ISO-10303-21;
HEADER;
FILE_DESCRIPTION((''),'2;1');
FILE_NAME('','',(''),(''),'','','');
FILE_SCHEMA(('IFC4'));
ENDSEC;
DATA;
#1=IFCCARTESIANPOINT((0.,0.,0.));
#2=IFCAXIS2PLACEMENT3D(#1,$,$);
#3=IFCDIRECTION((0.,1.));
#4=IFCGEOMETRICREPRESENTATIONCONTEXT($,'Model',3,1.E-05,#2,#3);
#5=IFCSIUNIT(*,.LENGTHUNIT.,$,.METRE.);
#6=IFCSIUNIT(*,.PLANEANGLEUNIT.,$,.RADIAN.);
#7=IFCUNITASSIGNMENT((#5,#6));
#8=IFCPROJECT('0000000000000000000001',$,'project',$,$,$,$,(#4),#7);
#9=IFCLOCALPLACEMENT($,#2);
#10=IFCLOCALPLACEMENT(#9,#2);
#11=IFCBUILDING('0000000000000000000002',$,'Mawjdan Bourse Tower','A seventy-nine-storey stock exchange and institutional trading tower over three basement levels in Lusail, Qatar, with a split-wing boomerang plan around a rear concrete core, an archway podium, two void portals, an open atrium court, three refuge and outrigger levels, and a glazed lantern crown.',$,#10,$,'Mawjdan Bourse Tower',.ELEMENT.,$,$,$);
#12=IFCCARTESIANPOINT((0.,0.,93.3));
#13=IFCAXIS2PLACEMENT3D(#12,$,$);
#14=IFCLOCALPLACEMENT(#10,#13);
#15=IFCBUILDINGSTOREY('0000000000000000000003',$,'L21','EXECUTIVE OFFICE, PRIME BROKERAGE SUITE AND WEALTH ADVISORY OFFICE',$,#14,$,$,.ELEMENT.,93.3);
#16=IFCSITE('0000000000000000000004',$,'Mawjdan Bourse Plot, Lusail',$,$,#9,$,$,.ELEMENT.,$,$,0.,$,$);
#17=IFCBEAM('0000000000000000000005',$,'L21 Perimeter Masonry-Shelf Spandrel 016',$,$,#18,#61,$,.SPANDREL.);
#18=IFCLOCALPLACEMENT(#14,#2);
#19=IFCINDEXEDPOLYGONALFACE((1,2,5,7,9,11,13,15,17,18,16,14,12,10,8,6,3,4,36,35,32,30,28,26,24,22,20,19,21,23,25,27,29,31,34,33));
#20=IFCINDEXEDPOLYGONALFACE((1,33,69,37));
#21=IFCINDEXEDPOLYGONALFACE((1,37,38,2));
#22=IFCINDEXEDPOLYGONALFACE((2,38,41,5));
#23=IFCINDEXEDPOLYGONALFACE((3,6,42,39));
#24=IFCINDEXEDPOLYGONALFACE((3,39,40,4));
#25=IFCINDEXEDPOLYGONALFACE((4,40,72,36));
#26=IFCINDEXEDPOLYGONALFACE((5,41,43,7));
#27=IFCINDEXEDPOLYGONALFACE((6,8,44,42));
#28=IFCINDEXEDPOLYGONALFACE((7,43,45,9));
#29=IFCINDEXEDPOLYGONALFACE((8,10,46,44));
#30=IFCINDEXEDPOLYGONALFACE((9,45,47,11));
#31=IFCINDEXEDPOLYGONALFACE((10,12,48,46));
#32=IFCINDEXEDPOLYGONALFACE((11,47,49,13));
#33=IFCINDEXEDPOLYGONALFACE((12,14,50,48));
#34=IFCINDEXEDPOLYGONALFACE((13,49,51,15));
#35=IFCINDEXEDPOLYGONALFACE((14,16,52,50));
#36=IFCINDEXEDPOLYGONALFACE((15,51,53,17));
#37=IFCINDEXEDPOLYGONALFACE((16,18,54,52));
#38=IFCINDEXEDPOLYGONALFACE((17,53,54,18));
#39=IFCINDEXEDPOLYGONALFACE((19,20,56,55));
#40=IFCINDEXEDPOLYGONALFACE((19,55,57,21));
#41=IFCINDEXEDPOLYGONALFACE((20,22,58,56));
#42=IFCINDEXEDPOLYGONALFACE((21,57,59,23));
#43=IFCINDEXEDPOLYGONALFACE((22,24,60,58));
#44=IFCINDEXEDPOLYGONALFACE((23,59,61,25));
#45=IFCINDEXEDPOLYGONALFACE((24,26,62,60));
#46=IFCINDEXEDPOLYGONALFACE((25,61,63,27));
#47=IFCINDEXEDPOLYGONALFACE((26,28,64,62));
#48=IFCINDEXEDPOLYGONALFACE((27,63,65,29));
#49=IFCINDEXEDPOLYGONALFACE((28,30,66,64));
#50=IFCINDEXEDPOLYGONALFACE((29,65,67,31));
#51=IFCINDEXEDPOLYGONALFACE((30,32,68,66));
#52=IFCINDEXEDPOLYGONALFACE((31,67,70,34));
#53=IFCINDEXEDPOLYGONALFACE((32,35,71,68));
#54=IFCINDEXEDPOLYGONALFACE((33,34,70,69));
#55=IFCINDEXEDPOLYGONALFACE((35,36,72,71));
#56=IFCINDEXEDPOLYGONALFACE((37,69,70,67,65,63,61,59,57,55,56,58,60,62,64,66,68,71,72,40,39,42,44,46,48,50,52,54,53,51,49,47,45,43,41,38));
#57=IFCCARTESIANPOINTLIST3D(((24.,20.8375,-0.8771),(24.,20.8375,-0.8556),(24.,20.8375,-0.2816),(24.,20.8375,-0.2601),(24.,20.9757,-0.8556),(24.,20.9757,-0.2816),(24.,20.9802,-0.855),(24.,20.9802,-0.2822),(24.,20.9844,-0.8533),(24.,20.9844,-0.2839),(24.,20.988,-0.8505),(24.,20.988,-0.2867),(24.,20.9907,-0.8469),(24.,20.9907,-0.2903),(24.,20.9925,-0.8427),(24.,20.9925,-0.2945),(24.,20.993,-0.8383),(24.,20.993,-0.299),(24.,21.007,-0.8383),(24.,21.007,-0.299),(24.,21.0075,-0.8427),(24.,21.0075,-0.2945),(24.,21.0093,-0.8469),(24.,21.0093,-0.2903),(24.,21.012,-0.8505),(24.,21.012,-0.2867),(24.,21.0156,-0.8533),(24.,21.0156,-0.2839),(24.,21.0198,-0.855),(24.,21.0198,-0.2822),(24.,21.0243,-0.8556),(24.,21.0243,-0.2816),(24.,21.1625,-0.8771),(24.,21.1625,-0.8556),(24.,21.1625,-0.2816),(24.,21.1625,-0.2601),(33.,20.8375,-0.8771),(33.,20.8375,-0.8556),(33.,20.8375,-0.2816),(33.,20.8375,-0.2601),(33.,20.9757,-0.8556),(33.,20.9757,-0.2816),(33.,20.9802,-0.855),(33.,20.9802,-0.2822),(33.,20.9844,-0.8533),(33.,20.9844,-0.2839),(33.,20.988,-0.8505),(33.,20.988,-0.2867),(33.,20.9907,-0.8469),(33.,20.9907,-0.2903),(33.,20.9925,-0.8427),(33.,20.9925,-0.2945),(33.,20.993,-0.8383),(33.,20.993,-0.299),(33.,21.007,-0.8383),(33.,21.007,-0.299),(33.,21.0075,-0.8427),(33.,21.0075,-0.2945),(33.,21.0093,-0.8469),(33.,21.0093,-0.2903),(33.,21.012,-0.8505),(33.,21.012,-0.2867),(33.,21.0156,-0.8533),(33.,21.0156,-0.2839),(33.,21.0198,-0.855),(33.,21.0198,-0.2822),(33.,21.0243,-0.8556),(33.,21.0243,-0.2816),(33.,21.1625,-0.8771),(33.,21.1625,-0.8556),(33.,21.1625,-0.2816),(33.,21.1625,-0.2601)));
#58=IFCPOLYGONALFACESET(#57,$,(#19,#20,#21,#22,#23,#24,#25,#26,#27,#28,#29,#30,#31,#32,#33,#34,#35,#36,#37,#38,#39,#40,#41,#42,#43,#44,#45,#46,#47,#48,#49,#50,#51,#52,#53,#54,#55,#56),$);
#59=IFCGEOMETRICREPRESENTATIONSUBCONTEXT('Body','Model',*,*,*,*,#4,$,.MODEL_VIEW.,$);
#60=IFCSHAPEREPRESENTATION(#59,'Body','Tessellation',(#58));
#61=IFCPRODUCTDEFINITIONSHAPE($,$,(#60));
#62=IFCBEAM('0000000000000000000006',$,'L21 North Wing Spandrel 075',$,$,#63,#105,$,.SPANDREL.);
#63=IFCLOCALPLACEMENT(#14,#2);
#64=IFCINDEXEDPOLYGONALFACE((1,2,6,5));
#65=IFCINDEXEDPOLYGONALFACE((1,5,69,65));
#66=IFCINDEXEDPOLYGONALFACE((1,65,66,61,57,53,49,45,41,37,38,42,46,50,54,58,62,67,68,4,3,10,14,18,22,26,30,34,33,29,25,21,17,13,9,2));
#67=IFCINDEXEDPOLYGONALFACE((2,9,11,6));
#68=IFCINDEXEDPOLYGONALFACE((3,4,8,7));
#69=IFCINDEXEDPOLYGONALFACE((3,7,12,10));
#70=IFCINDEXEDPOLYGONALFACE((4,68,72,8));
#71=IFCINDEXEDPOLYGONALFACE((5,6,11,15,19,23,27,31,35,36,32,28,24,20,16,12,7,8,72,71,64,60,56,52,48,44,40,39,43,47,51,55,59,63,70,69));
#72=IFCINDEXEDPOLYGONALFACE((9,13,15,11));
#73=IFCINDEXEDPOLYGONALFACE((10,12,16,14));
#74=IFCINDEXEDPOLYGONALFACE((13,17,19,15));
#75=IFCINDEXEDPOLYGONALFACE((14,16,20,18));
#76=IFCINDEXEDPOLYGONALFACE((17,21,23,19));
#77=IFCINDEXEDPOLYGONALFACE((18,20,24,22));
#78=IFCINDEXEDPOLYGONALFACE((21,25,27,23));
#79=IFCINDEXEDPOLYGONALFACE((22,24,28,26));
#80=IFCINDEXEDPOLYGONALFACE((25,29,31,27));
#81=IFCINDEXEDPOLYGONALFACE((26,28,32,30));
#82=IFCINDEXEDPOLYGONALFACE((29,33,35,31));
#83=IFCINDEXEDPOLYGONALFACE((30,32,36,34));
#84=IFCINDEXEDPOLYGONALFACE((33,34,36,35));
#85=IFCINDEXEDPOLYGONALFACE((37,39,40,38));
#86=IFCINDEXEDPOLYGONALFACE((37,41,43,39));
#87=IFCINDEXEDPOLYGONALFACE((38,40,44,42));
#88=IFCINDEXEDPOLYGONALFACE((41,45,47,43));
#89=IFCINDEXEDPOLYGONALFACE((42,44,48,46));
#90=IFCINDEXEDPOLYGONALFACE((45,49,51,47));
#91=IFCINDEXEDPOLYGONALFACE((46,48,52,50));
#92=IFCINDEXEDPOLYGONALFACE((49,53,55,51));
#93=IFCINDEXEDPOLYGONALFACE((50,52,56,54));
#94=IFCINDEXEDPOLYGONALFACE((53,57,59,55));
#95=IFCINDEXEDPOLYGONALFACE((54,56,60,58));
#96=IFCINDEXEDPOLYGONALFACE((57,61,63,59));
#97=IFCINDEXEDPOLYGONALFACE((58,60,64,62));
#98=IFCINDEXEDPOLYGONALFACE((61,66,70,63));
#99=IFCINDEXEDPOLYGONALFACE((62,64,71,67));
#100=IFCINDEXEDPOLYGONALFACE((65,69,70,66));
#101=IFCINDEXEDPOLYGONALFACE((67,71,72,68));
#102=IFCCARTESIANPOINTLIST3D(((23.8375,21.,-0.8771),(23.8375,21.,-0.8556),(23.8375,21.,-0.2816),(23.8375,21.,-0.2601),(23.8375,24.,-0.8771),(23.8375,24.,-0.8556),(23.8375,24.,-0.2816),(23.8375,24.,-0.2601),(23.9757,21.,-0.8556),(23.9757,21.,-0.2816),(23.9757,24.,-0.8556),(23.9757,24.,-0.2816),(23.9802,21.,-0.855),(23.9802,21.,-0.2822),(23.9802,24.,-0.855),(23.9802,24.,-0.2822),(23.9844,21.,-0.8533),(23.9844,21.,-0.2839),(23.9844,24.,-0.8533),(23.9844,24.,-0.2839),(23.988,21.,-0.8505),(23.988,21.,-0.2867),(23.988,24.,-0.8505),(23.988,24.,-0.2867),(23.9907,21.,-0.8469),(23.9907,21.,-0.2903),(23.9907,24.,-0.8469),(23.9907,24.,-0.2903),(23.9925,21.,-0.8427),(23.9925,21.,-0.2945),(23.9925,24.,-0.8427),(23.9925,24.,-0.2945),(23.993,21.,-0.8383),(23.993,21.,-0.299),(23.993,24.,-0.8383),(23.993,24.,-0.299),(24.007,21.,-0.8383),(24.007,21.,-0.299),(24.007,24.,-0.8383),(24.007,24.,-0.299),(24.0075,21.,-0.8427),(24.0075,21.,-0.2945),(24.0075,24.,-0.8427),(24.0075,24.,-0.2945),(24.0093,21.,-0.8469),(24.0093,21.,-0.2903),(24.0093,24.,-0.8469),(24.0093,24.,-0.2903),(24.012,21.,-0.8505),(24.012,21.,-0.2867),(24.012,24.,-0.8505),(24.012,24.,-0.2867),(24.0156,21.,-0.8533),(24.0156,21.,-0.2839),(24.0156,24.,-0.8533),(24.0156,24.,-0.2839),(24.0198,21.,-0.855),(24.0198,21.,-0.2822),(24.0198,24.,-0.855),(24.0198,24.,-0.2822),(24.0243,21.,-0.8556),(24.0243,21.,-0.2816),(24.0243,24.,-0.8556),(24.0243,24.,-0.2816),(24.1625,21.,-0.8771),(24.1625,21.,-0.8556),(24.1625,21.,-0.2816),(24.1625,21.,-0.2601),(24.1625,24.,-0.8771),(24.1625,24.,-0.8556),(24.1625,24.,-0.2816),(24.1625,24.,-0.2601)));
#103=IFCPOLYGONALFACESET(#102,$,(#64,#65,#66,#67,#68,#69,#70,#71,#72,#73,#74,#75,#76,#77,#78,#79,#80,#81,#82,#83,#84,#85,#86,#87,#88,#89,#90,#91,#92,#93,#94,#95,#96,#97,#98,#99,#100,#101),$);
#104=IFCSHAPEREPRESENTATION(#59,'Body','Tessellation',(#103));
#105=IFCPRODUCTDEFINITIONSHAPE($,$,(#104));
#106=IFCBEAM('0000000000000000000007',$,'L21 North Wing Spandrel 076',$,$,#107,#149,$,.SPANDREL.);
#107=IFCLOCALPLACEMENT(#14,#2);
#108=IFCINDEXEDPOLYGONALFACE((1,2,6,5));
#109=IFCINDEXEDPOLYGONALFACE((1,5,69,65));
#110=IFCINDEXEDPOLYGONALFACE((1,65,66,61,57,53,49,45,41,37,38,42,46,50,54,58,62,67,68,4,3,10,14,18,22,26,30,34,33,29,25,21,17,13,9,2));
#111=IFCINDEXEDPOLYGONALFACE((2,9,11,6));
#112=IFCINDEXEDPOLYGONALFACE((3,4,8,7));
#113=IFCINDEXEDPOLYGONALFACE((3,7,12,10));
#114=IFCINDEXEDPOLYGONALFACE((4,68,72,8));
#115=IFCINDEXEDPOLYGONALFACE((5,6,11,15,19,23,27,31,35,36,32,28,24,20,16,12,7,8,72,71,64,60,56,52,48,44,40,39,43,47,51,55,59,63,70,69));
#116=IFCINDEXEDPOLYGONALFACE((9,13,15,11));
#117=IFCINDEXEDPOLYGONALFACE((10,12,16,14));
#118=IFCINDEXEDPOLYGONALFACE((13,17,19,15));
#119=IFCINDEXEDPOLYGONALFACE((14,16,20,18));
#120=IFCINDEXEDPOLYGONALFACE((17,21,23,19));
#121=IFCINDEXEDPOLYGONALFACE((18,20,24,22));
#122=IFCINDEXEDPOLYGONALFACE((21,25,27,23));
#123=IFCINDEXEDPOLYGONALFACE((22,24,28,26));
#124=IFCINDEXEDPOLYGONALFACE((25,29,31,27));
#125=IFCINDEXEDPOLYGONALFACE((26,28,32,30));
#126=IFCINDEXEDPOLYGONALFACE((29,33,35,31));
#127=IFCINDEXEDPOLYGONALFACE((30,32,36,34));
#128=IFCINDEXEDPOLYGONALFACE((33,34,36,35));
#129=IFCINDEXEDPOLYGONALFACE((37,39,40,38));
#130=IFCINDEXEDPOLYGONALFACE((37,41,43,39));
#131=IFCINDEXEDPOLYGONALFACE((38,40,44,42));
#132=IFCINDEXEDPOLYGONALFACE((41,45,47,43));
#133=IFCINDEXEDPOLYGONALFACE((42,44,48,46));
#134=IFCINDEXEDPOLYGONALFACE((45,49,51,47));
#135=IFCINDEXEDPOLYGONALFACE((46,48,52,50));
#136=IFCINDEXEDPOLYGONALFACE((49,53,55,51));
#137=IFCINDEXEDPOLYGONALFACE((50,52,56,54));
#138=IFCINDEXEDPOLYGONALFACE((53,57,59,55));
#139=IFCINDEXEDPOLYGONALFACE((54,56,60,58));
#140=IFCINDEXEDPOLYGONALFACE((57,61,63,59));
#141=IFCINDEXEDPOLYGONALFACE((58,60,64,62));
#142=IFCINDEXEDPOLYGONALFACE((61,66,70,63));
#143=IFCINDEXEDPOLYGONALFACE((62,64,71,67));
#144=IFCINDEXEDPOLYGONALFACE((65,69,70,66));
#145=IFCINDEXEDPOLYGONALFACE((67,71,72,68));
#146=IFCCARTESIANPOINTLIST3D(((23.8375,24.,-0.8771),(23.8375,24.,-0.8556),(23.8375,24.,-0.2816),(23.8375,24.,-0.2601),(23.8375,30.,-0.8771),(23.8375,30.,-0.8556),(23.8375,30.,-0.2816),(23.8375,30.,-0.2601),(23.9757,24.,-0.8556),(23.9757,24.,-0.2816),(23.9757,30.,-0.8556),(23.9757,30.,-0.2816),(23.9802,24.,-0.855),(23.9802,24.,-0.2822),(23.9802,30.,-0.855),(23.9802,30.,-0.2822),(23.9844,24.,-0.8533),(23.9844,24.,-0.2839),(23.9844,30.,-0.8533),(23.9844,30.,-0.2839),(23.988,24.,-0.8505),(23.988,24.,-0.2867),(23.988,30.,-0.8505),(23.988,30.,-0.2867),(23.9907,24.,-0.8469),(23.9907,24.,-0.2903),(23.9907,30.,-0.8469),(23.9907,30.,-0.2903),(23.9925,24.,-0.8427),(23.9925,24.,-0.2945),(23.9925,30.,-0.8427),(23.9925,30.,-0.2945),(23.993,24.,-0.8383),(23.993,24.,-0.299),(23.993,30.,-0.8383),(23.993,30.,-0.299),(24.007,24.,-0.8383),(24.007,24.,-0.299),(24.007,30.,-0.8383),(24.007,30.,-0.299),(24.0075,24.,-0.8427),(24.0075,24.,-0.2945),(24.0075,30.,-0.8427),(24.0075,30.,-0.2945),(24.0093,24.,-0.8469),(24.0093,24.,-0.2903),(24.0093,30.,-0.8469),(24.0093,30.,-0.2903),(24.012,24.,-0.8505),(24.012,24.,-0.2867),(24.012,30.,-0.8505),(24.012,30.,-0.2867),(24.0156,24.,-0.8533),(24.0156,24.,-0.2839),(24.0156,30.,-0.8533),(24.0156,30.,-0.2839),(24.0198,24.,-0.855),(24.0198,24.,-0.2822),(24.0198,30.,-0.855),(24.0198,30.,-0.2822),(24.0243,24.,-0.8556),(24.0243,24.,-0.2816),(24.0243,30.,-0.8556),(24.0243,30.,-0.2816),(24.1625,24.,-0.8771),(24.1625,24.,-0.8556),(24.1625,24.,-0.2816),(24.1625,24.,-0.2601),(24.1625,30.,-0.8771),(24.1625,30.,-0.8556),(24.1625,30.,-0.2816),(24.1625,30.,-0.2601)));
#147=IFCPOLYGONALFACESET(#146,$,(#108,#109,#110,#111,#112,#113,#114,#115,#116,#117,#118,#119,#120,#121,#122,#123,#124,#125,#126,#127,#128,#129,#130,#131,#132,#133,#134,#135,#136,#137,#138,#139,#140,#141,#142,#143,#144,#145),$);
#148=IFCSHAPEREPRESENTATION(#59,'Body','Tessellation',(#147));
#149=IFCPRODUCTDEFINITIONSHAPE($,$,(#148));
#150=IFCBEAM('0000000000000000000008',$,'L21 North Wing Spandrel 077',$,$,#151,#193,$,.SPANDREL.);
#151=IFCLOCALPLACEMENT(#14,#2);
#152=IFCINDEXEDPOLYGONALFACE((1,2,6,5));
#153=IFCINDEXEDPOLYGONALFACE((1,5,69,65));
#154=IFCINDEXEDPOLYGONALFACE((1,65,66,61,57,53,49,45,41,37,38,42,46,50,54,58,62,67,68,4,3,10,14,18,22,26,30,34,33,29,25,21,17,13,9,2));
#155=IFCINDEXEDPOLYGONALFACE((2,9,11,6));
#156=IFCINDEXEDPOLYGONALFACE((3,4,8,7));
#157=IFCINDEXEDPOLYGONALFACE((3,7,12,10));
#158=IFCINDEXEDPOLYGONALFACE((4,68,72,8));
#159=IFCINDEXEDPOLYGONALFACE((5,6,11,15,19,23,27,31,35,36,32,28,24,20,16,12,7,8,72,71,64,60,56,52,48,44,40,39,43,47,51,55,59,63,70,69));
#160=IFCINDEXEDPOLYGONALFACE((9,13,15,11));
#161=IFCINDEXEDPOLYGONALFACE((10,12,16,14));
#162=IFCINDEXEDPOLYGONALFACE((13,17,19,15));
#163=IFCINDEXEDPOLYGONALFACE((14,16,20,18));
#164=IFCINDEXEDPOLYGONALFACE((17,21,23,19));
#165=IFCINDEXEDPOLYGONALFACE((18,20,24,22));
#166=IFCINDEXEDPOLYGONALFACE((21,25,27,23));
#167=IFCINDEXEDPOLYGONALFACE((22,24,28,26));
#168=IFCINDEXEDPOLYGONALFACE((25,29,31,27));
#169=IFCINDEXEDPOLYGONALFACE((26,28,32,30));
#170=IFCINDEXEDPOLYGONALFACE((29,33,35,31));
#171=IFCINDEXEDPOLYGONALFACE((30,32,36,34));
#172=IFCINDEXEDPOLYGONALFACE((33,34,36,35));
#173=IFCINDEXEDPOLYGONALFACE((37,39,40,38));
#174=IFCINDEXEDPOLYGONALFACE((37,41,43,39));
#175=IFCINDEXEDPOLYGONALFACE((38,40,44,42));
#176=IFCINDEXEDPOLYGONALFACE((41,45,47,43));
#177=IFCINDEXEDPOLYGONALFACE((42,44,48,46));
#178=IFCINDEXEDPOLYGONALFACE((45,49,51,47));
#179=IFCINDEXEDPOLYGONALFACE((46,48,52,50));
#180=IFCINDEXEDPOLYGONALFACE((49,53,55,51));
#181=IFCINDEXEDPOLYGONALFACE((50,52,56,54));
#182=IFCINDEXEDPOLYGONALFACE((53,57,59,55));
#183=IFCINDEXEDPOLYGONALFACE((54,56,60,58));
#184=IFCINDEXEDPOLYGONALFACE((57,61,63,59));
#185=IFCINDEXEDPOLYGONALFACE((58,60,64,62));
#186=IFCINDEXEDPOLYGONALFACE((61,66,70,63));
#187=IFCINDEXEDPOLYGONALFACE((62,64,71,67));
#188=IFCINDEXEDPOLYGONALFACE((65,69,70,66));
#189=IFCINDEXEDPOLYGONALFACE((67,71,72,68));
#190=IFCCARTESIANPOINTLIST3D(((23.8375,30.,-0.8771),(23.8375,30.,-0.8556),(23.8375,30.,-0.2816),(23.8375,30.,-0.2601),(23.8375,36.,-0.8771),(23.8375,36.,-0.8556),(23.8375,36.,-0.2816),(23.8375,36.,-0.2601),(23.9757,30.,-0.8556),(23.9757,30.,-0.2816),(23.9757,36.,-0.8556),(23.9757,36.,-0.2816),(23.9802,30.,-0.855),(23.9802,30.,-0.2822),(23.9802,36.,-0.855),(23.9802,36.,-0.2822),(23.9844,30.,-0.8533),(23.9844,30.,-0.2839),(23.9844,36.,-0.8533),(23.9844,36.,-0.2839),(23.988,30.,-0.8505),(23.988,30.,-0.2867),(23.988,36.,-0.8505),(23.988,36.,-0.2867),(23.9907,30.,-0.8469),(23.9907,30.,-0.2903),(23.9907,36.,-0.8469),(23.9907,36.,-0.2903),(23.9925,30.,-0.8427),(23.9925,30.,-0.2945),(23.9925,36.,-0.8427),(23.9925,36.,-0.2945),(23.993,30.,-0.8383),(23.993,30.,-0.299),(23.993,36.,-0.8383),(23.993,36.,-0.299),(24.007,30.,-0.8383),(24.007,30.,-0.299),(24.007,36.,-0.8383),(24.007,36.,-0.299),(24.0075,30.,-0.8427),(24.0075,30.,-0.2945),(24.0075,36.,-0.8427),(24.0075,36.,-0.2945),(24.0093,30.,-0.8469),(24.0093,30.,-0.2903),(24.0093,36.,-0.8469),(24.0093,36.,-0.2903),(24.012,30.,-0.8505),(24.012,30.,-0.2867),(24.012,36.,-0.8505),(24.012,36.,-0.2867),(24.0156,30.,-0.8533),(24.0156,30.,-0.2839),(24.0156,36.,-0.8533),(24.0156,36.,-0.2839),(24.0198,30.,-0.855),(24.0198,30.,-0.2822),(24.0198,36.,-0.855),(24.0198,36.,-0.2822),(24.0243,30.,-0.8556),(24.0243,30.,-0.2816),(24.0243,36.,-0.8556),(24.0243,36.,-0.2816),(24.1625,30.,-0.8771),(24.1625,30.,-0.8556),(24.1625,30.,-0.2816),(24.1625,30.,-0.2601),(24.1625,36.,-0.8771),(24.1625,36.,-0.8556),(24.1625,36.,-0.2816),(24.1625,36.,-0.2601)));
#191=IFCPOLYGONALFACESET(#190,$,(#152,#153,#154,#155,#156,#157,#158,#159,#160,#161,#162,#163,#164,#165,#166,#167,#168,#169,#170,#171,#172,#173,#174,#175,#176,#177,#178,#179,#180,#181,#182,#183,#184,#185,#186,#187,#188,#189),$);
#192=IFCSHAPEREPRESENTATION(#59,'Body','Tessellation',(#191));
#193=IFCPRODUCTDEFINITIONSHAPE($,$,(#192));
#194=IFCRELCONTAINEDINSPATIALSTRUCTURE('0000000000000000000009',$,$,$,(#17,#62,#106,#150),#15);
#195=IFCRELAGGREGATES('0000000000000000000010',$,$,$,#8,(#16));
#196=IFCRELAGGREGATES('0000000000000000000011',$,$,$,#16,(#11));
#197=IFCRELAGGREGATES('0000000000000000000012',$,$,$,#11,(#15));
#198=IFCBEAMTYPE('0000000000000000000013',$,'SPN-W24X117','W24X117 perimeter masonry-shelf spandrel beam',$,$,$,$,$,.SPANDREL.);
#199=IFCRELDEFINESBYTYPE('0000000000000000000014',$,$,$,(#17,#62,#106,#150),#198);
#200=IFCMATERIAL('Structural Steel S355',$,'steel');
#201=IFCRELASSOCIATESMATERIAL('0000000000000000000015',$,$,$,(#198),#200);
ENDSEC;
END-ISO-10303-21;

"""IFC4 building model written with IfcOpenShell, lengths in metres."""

from ifc_helpers import new_model, si_unit, direction, frame, origin, origin_2d, place, context, subcontext, project, spatial, i_section, extrude, material, material_profile, profile_set, type_object, element, save


model = new_model("IFC4")

# Units and contexts
model_context = context("Model", 3, precision=1e-05, world=origin(), true_north=direction((0.0, 1.0)))
body_context = subcontext(model_context, "Body", "Model", "MODEL_VIEW")
ifc_project = project(units=[si_unit("LENGTHUNIT", "METRE"), si_unit("PLANEANGLEUNIT", "RADIAN")], contexts=[model_context])

# Site, building, storey
site_placement = place(None, origin())
site = spatial("IfcSite", under=ifc_project, at=site_placement, Name="Mawjdan Bourse Plot, Lusail", CompositionType="ELEMENT", RefElevation=0.0)
building_placement = place(site_placement, origin())
building = spatial("IfcBuilding", under=site, at=building_placement, Name="Mawjdan Bourse Tower", Description="A seventy-nine-storey stock exchange and institutional trading tower over three basement levels in Lusail, Qatar, with a split-wing boomerang plan around a rear concrete core, an archway podium, two void portals, an open atrium court, three refuge and outrigger levels, and a glazed lantern crown.", LongName="Mawjdan Bourse Tower", CompositionType="ELEMENT")
storey_placement = place(building_placement, frame((0.0, 0.0, 93.3)))
storey = spatial("IfcBuildingStorey", under=building, at=storey_placement, Name="L21", Description="EXECUTIVE OFFICE, PRIME BROKERAGE SUITE AND WEALTH ADVISORY OFFICE", CompositionType="ELEMENT", Elevation=93.3)

# Beams
ifc_material_1 = material(Name="Structural Steel S355", Category="steel")
ifc_material_profile_1 = material_profile(ifc_material_1, i_section(OverallWidth=0.325, OverallDepth=0.6169, WebThickness=0.0139, FlangeThickness=0.0215, FilletRadius=0.0173, at=origin_2d()), Name="W24X117")
ifc_profile_set_1 = profile_set([ifc_material_profile_1], Name="Structural Steel S355")
beam_type_1 = type_object("IfcBeamType", Name="SPN-W24X117", Description="W24X117 perimeter masonry-shelf spandrel beam", PredefinedType="SPANDREL", material=ifc_profile_set_1)
beam_1_placement = place(storey_placement, frame((24.0, 21.0, -0.5686), z_axis=(1.0, 0.0, 0.0), x_axis=(0.0, 1.0, 0.0)))
element("IfcBeam", 1, at=beam_1_placement, inside=storey, type_object=beam_type_1, Name="L21 Perimeter Masonry-Shelf Spandrel 016", PredefinedType="SPANDREL", context=body_context, shape_type="SweptSolid", body=[
    extrude(i_section(OverallWidth=0.325, OverallDepth=0.6169, WebThickness=0.0139, FlangeThickness=0.0215, FilletRadius=0.0173, at=origin_2d()), origin(), (0.0, 0.0, 1.0), 9.0),
])
beam_2_placement = place(storey_placement, frame((24.0, 21.0, -0.5686), z_axis=(0.0, 1.0, 0.0), x_axis=(-1.0, 0.0, 0.0)))
element("IfcBeam", 2, at=beam_2_placement, inside=storey, type_object=beam_type_1, Name="L21 North Wing Spandrel 075", PredefinedType="SPANDREL", context=body_context, shape_type="SweptSolid", body=[
    extrude(i_section(OverallWidth=0.325, OverallDepth=0.6169, WebThickness=0.0139, FlangeThickness=0.0215, FilletRadius=0.0173, at=origin_2d()), origin(), (0.0, 0.0, 1.0), 3.0),
])
for number, where, z_axis, x_axis, name in (
    (3, (24.0, 24.0, -0.5686), (0.0, 1.0, 0.0), (-1.0, 0.0, 0.0), "L21 North Wing Spandrel 076"),
    (4, (24.0, 30.0, -0.5686), (0.0, 1.0, 0.0), (-1.0, 0.0, 0.0), "L21 North Wing Spandrel 077"),
):
    element("IfcBeam", number, at=place(storey_placement, frame(where, z_axis=z_axis, x_axis=x_axis)), inside=storey, type_object=beam_type_1, Name=name, PredefinedType="SPANDREL", context=body_context, shape_type="SweptSolid", body=[
        extrude(i_section(OverallWidth=0.325, OverallDepth=0.6169, WebThickness=0.0139, FlangeThickness=0.0215, FilletRadius=0.0173, at=origin_2d()), origin(), (0.0, 0.0, 1.0), 6.0),
    ])

save(model, "model.ifc")
